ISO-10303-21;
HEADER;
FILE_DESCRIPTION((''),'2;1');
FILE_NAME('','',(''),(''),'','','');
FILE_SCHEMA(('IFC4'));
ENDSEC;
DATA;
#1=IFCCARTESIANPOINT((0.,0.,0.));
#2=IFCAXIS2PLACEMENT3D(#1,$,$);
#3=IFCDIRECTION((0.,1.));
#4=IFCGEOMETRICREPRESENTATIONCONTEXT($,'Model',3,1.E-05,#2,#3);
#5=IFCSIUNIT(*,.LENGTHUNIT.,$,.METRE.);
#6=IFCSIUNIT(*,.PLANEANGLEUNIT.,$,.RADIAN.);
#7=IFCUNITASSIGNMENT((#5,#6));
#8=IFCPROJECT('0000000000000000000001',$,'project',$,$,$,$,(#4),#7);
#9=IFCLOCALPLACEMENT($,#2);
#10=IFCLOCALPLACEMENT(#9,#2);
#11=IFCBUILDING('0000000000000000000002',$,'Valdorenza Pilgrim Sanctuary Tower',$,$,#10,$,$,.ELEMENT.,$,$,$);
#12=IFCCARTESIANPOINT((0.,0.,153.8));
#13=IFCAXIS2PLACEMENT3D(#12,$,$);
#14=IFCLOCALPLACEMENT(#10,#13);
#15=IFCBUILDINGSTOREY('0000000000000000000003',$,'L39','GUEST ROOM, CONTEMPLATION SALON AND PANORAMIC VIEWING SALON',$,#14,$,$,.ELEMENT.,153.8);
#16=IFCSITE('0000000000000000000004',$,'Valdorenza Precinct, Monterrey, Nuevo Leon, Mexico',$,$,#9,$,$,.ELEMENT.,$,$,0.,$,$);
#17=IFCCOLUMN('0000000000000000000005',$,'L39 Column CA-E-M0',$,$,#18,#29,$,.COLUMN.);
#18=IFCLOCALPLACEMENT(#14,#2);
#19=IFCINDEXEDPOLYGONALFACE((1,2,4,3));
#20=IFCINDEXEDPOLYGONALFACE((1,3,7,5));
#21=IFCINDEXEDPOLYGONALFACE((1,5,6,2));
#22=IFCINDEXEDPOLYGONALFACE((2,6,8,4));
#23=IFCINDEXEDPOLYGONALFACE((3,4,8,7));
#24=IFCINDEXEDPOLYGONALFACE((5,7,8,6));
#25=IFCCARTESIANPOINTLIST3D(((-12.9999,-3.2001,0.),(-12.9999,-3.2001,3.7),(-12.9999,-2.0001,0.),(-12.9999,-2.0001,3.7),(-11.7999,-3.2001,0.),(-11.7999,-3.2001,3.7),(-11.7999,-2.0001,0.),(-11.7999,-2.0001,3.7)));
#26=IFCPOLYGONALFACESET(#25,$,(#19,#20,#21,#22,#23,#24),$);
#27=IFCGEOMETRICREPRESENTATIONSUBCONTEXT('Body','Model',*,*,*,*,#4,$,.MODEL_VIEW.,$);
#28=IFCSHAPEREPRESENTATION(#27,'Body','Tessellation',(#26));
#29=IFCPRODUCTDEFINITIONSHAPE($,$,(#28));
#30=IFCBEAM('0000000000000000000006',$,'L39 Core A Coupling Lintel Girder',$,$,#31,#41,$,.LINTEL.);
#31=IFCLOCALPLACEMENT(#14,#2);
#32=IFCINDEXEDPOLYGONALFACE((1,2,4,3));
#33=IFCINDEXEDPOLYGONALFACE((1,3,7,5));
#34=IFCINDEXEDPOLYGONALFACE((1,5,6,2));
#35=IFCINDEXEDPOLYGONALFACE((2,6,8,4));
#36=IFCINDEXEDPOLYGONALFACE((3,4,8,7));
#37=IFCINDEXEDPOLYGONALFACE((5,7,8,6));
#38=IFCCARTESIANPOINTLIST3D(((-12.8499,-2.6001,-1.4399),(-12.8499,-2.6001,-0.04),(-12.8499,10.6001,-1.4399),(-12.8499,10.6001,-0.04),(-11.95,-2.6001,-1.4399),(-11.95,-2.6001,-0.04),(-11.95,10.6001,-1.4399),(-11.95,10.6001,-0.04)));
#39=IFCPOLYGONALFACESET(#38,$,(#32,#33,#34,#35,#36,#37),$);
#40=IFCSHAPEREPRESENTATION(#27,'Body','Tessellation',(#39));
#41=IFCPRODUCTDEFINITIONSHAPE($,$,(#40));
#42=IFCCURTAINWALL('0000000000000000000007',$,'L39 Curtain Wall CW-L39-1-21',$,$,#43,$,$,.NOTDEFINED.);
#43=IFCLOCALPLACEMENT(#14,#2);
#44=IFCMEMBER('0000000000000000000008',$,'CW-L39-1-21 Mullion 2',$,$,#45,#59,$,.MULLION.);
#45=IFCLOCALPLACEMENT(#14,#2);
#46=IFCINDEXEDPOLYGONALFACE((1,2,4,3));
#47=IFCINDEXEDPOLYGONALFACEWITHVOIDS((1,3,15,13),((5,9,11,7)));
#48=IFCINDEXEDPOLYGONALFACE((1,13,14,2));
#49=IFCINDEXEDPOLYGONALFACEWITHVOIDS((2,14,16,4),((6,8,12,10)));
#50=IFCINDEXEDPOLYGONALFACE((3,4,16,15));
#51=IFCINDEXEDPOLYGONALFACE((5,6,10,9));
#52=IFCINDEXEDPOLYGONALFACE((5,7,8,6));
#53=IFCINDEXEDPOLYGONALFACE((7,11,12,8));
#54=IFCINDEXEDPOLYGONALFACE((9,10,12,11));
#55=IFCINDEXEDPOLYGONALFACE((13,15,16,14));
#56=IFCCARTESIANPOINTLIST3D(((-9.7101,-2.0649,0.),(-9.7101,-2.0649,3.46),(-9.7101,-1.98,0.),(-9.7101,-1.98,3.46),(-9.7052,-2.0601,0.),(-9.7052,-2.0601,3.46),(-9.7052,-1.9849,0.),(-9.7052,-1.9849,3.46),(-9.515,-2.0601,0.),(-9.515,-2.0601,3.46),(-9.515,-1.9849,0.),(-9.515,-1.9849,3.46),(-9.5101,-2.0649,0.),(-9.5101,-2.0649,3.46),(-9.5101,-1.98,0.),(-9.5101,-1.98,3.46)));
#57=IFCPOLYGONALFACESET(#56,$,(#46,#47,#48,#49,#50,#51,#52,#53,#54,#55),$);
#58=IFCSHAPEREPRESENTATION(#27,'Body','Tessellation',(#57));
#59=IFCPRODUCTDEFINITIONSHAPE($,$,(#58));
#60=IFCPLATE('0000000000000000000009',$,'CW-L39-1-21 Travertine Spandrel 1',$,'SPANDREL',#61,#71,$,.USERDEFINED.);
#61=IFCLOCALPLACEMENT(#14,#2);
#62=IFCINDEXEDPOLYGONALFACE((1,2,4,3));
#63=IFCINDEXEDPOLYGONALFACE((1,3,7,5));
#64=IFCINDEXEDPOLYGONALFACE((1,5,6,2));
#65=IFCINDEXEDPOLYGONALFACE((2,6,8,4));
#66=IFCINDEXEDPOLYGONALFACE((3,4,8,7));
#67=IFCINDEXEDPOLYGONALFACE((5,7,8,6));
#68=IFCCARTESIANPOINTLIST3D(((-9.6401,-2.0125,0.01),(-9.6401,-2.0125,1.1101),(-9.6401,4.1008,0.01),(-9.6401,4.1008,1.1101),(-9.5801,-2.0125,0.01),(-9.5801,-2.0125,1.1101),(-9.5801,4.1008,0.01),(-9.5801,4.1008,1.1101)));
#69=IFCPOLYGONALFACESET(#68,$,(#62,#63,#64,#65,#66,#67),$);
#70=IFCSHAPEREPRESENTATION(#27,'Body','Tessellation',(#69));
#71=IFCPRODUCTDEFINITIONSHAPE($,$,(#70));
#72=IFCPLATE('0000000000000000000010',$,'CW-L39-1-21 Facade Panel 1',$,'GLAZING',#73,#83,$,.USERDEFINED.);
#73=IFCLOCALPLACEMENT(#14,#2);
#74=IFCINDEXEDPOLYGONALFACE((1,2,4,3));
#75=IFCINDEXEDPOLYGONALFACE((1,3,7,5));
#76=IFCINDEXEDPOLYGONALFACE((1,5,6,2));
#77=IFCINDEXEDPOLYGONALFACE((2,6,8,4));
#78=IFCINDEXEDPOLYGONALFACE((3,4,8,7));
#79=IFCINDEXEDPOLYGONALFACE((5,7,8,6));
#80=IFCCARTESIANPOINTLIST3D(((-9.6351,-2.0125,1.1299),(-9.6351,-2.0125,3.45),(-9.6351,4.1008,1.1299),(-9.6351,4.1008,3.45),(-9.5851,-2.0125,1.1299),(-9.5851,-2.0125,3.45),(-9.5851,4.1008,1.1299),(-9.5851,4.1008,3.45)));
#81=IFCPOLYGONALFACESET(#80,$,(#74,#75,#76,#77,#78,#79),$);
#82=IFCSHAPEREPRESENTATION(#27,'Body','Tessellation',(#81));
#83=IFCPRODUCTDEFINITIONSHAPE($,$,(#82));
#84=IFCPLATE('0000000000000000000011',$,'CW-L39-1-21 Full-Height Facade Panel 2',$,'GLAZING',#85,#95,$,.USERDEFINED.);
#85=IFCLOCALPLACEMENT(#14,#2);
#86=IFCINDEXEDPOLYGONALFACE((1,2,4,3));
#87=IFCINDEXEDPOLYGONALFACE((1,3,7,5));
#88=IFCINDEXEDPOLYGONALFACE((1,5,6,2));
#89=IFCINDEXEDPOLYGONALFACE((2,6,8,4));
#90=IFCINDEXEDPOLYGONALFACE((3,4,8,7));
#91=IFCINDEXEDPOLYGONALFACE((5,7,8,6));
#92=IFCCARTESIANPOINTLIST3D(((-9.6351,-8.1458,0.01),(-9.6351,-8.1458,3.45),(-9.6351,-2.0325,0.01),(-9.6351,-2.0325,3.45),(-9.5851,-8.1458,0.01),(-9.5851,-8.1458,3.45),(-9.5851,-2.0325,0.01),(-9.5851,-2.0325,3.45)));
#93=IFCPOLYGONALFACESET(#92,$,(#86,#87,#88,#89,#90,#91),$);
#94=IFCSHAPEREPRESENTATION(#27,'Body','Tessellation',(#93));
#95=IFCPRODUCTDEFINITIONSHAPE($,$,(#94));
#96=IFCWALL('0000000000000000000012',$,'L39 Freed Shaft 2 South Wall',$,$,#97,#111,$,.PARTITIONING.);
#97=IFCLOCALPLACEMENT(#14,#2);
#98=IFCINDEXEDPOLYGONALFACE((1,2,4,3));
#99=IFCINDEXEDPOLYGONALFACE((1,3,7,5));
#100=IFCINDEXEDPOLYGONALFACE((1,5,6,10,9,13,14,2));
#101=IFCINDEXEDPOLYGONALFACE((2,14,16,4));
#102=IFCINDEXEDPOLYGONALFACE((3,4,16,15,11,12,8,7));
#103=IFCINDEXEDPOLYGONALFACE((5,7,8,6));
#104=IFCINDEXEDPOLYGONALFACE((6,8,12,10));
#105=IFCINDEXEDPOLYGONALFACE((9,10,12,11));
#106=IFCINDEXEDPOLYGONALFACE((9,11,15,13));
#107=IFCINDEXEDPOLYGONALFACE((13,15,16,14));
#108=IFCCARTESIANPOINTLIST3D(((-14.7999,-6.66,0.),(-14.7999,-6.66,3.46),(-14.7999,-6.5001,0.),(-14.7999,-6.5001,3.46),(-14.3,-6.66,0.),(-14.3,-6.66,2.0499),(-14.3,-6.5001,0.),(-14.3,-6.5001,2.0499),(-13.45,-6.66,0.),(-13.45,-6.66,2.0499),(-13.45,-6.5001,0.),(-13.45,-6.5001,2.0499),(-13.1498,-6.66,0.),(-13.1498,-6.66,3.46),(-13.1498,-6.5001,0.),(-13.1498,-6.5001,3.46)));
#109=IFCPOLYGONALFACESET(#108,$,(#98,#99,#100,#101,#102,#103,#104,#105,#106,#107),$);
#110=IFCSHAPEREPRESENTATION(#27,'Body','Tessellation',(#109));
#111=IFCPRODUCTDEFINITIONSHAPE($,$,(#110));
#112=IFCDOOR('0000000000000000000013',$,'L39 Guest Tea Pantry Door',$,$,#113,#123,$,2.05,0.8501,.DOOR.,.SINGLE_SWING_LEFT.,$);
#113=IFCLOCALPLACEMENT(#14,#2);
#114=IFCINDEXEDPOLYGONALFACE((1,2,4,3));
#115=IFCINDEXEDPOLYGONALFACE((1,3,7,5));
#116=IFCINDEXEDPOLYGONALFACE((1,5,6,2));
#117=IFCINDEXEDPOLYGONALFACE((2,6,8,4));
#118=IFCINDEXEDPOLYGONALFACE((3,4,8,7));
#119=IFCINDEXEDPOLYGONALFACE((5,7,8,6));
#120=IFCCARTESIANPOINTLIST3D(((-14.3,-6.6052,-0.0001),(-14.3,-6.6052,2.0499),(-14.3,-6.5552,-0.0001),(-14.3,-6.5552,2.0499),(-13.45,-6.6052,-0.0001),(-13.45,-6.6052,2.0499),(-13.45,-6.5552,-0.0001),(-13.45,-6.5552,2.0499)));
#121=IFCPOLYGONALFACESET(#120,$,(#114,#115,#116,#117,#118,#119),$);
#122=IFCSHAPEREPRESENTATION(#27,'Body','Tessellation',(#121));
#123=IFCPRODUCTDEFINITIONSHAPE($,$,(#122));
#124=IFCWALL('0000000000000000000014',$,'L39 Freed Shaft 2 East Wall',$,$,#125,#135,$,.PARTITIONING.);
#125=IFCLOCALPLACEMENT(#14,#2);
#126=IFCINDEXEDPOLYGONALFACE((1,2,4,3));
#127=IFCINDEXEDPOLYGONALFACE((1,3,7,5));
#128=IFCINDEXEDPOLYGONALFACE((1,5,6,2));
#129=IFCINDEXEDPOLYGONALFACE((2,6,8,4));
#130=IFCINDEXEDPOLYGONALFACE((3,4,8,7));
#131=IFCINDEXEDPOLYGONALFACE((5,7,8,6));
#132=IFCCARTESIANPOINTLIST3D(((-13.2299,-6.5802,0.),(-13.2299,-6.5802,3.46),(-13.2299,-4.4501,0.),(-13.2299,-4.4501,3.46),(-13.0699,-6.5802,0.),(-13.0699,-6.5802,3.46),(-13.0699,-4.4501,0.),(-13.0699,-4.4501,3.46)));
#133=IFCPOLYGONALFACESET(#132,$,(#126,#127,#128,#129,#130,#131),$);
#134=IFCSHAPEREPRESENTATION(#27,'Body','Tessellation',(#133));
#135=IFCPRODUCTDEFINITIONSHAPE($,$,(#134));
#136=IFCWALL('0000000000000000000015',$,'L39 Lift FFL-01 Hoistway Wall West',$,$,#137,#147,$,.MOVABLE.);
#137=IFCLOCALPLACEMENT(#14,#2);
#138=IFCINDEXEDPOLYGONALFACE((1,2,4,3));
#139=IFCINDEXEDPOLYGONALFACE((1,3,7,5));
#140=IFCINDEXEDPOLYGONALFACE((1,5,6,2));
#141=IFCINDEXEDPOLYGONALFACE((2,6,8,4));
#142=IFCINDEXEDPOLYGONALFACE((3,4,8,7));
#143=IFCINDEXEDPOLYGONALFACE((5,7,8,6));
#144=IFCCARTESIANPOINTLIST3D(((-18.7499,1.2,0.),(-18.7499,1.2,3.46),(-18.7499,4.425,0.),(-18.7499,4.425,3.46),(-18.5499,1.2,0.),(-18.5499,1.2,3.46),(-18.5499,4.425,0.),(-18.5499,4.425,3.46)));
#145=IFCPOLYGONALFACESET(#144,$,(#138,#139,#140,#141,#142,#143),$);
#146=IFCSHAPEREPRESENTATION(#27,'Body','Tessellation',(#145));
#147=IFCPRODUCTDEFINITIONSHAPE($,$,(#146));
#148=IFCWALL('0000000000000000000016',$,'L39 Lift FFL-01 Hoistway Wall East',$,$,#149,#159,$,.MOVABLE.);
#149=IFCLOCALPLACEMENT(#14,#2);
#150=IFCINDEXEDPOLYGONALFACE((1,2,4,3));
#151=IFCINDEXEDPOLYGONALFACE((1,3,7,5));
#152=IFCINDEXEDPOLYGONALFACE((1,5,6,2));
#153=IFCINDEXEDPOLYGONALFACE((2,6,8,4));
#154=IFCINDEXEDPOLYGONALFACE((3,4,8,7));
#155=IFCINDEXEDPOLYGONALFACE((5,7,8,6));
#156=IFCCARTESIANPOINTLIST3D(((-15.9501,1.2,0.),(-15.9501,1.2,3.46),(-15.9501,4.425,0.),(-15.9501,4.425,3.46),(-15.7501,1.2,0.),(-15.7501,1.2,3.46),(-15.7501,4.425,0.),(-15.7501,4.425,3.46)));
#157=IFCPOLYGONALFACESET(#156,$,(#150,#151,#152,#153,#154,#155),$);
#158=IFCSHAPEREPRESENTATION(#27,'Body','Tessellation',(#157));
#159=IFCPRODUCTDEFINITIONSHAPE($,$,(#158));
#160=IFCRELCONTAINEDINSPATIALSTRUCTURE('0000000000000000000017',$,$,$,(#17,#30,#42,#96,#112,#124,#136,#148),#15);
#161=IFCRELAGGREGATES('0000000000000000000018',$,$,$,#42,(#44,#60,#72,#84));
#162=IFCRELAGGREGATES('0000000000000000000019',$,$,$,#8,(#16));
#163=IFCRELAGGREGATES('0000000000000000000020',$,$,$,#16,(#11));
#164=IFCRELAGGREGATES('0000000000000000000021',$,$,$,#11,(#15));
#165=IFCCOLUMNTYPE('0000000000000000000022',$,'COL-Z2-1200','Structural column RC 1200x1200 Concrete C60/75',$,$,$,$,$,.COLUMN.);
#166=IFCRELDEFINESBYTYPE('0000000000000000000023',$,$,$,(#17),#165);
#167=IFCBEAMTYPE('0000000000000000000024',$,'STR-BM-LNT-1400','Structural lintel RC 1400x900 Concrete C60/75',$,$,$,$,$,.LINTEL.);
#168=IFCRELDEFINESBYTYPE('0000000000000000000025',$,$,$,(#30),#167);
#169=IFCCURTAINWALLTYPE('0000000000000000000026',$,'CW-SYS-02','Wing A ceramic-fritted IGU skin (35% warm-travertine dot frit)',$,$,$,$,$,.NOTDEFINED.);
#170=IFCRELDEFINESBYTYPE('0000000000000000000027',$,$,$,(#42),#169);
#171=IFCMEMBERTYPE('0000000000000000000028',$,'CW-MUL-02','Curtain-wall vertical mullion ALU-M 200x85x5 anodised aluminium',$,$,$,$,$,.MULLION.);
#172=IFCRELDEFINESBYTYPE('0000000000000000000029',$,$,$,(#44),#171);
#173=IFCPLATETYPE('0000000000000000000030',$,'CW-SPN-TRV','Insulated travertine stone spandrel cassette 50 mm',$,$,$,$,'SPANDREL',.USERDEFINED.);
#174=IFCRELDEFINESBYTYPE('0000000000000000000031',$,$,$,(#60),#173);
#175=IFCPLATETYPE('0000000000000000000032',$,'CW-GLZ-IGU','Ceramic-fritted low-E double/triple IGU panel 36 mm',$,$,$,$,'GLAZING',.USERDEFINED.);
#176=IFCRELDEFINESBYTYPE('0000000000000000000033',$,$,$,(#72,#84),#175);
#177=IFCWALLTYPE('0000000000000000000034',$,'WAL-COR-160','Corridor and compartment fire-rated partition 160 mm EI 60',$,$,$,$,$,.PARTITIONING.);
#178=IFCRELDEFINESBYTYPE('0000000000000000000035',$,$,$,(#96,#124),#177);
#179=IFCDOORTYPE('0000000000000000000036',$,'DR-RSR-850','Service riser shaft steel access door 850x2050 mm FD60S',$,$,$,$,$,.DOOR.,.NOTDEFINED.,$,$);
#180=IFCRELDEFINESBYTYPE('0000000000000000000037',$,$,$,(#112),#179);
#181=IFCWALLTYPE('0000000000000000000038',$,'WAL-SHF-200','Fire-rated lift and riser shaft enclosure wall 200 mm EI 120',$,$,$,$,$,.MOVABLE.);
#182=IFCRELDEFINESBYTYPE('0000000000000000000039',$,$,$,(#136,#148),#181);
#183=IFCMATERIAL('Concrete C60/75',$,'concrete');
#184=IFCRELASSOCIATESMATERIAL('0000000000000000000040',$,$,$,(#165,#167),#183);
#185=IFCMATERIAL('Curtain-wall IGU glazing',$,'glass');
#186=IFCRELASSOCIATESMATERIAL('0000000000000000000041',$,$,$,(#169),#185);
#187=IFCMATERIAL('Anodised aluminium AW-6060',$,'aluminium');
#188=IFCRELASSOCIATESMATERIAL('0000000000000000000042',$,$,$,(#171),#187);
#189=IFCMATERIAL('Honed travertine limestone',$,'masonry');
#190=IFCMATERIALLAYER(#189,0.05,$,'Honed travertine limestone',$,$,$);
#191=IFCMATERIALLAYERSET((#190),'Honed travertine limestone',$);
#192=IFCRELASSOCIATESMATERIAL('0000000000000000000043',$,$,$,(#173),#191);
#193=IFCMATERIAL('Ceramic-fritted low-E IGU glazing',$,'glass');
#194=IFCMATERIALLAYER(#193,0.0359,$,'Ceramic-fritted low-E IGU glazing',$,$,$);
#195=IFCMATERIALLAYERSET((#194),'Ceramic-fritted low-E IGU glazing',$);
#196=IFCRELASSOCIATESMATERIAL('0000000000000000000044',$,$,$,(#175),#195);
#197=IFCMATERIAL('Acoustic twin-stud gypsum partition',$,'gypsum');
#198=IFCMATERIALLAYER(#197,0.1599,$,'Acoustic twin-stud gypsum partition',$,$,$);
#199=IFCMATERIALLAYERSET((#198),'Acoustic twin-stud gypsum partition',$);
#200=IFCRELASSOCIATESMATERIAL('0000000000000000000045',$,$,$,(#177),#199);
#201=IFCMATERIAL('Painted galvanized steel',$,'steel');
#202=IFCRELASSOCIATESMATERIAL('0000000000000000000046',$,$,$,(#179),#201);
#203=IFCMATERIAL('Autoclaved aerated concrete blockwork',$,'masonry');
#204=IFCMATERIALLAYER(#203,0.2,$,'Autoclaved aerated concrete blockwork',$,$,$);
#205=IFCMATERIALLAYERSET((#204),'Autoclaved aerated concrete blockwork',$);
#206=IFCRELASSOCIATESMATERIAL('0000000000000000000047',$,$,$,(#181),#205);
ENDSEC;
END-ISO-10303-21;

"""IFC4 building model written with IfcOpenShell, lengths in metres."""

from ifc_helpers import new_model, si_unit, direction, frame, frame_2d, origin, origin_2d, place, context, subcontext, project, spatial, rectangle, hollow_rectangle, extrude, source, transform, mapped, material, layer, layer_set, material_profile, profile_set, type_object, element, fill, aggregate, save


model = new_model("IFC4")

# Units and contexts
model_context = context("Model", 3, precision=1e-05, world=origin(), true_north=direction((0.0, 1.0)))
body_context = subcontext(model_context, "Body", "Model", "MODEL_VIEW")
ifc_project = project(units=[si_unit("LENGTHUNIT", "METRE"), si_unit("PLANEANGLEUNIT", "RADIAN")], contexts=[model_context])

# Site, building, storey
site_placement = place(None, origin())
site = spatial("IfcSite", under=ifc_project, at=site_placement, Name="Valdorenza Precinct, Monterrey, Nuevo Leon, Mexico", CompositionType="ELEMENT", RefElevation=0.0)
building_placement = place(site_placement, origin())
building = spatial("IfcBuilding", under=site, at=building_placement, Name="Valdorenza Pilgrim Sanctuary Tower", CompositionType="ELEMENT")
storey_placement = place(building_placement, frame((0.0, 0.0, 153.8)))
storey = spatial("IfcBuildingStorey", under=building, at=storey_placement, Name="L39", Description="GUEST ROOM, CONTEMPLATION SALON AND PANORAMIC VIEWING SALON", CompositionType="ELEMENT", Elevation=153.8)

# Column
ifc_material_1 = material(Name="Concrete C60/75", Category="concrete")
ifc_material_profile_1 = material_profile(ifc_material_1, rectangle(XDim=1.2, YDim=1.2, at=origin_2d()), Name="RC 1200x1200")
ifc_profile_set_1 = profile_set([ifc_material_profile_1], Name="Concrete C60/75")
column_type = type_object("IfcColumnType", Name="COL-Z2-1200", Description="Structural column RC 1200x1200 Concrete C60/75", PredefinedType="COLUMN", material=ifc_profile_set_1)
shared_shape_1 = source(origin(), body_context, "Body", "SweptSolid", [
    extrude(rectangle(XDim=1.2, YDim=1.2, at=origin_2d()), origin(), (0.0, 0.0, 1.0), 3.7),
])
column_placement = place(storey_placement, frame((-12.3999, -2.6001, 0.0), z_axis=(0.0, 0.0, 1.0), x_axis=(1.0, 0.0, 0.0)))
element("IfcColumn", 1, at=column_placement, inside=storey, type_object=column_type, Name="L39 Column CA-E-M0", PredefinedType="COLUMN", context=body_context, shape_type="MappedRepresentation", body=[
    mapped(shared_shape_1, transform((0.0, 0.0, 0.0), x_axis=(1.0, 0.0, 0.0), y_axis=(0.0, 1.0, 0.0), z_axis=(0.0, 0.0, 1.0), scale=1.0)),
])

# Beam
ifc_material_profile_2 = material_profile(ifc_material_1, rectangle(XDim=0.8999, YDim=1.3999, at=origin_2d()), Name="RC 1400x900")
ifc_profile_set_2 = profile_set([ifc_material_profile_2], Name="Concrete C60/75")
beam_type = type_object("IfcBeamType", Name="STR-BM-LNT-1400", Description="Structural lintel RC 1400x900 Concrete C60/75", PredefinedType="LINTEL", material=ifc_profile_set_2)
shared_shape_2 = source(origin(), body_context, "Body", "SweptSolid", [
    extrude(rectangle(XDim=0.8999, YDim=1.3999, at=origin_2d()), origin(), (0.0, 0.0, 1.0), 13.2002),
])
beam_placement = place(storey_placement, frame((-12.3999, -2.6001, -0.74), z_axis=(0.0, 1.0, 0.0), x_axis=(-1.0, 0.0, 0.0)))
element("IfcBeam", 2, at=beam_placement, inside=storey, type_object=beam_type, Name="L39 Core A Coupling Lintel Girder", PredefinedType="LINTEL", context=body_context, shape_type="MappedRepresentation", body=[
    mapped(shared_shape_2, transform((0.0, 0.0, 0.0), x_axis=(1.0, 0.0, 0.0), y_axis=(0.0, 1.0, 0.0), z_axis=(0.0, 0.0, 1.0), scale=1.0)),
])

# Curtain wall, member, plates
ifc_material_2 = material(Name="Curtain-wall IGU glazing", Category="glass")
curtain_wall_type = type_object("IfcCurtainWallType", Name="CW-SYS-02", Description="Wing A ceramic-fritted IGU skin (35% warm-travertine dot frit)", PredefinedType="NOTDEFINED", material=ifc_material_2)
curtain_wall_placement = place(storey_placement, origin())
curtain_wall = element("IfcCurtainWall", 3, at=curtain_wall_placement, inside=storey, type_object=curtain_wall_type, Name="L39 Curtain Wall CW-L39-1-21", PredefinedType="NOTDEFINED")
ifc_material_3 = material(Name="Anodised aluminium AW-6060", Category="aluminium")
ifc_material_profile_3 = material_profile(ifc_material_3, hollow_rectangle(XDim=0.085, YDim=0.2, WallThickness=0.0049, at=origin_2d()), Name="ALU-M 200x85x5")
ifc_profile_set_3 = profile_set([ifc_material_profile_3], Name="Anodised aluminium AW-6060")
member_type = type_object("IfcMemberType", Name="CW-MUL-02", Description="Curtain-wall vertical mullion ALU-M 200x85x5 anodised aluminium", PredefinedType="MULLION", material=ifc_profile_set_3)
shared_shape_3 = source(origin(), body_context, "Body", "SweptSolid", [
    extrude(hollow_rectangle(XDim=0.085, YDim=0.2, WallThickness=0.0049, at=origin_2d()), origin(), (0.0, 0.0, 1.0), 3.46),
])
member_placement = place(storey_placement, frame((-9.6101, -2.0225, 0.0), z_axis=(0.0, 0.0, 1.0), x_axis=(0.0, -1.0, 0.0)))
member = element("IfcMember", 4, at=member_placement, type_object=member_type, Name="CW-L39-1-21 Mullion 2", PredefinedType="MULLION", context=body_context, shape_type="MappedRepresentation", body=[
    mapped(shared_shape_3, transform((0.0, 0.0, 0.0), x_axis=(1.0, 0.0, 0.0), y_axis=(0.0, 1.0, 0.0), z_axis=(0.0, 0.0, 1.0), scale=1.0)),
])
ifc_material_4 = material(Name="Honed travertine limestone", Category="masonry")
ifc_layer_1 = layer(ifc_material_4, 0.05, Name="Honed travertine limestone")
ifc_layer_set_1 = layer_set([ifc_layer_1], Name="Honed travertine limestone")
plate_type_1 = type_object("IfcPlateType", Name="CW-SPN-TRV", Description="Insulated travertine stone spandrel cassette 50 mm", ElementType="SPANDREL", PredefinedType="USERDEFINED", material=ifc_layer_set_1)
shared_shape_4 = source(origin(), body_context, "Body", "SweptSolid", [
    extrude(rectangle(XDim=6.1133, YDim=0.0601, at=origin_2d()), origin(), (0.0, 0.0, 1.0), 1.1001),
])
plate_1_placement = place(storey_placement, frame((-9.6101, 1.0442, 0.01), z_axis=(0.0, 0.0, 1.0), x_axis=(0.0, -1.0, 0.0)))
plate_1 = element("IfcPlate", 5, at=plate_1_placement, type_object=plate_type_1, Name="CW-L39-1-21 Travertine Spandrel 1", ObjectType="SPANDREL", PredefinedType="USERDEFINED", context=body_context, shape_type="MappedRepresentation", body=[
    mapped(shared_shape_4, transform((0.0, 0.0, 0.0), x_axis=(1.0, 0.0, 0.0), y_axis=(0.0, 1.0, 0.0), z_axis=(0.0, 0.0, 1.0), scale=1.0)),
])
ifc_material_5 = material(Name="Ceramic-fritted low-E IGU glazing", Category="glass")
ifc_layer_2 = layer(ifc_material_5, 0.0359, Name="Ceramic-fritted low-E IGU glazing")
ifc_layer_set_2 = layer_set([ifc_layer_2], Name="Ceramic-fritted low-E IGU glazing")
plate_type_2 = type_object("IfcPlateType", Name="CW-GLZ-IGU", Description="Ceramic-fritted low-E double/triple IGU panel 36 mm", ElementType="GLAZING", PredefinedType="USERDEFINED", material=ifc_layer_set_2)
shared_shape_5 = source(origin(), body_context, "Body", "SweptSolid", [
    extrude(rectangle(XDim=6.1133, YDim=0.05, at=origin_2d()), origin(), (0.0, 0.0, 1.0), 2.3201),
])
plate_2_placement = place(storey_placement, frame((-9.6101, 1.0442, 1.1299), z_axis=(0.0, 0.0, 1.0), x_axis=(0.0, -1.0, 0.0)))
plate_2 = element("IfcPlate", 6, at=plate_2_placement, type_object=plate_type_2, Name="CW-L39-1-21 Facade Panel 1", ObjectType="GLAZING", PredefinedType="USERDEFINED", context=body_context, shape_type="MappedRepresentation", body=[
    mapped(shared_shape_5, transform((0.0, 0.0, 0.0), x_axis=(1.0, 0.0, 0.0), y_axis=(0.0, 1.0, 0.0), z_axis=(0.0, 0.0, 1.0), scale=1.0)),
])
shared_shape_6 = source(origin(), body_context, "Body", "SweptSolid", [
    extrude(rectangle(XDim=6.1133, YDim=0.05, at=origin_2d()), origin(), (0.0, 0.0, 1.0), 3.4399),
])
plate_3_placement = place(storey_placement, frame((-9.6101, -5.0891, 0.01), z_axis=(0.0, 0.0, 1.0), x_axis=(0.0, -1.0, 0.0)))
plate_3 = element("IfcPlate", 7, at=plate_3_placement, type_object=plate_type_2, Name="CW-L39-1-21 Full-Height Facade Panel 2", ObjectType="GLAZING", PredefinedType="USERDEFINED", context=body_context, shape_type="MappedRepresentation", body=[
    mapped(shared_shape_6, transform((0.0, 0.0, 0.0), x_axis=(1.0, 0.0, 0.0), y_axis=(0.0, 1.0, 0.0), z_axis=(0.0, 0.0, 1.0), scale=1.0)),
])
aggregate(curtain_wall, [member, plate_1, plate_2, plate_3])

# Wall, opening, door
ifc_material_6 = material(Name="Acoustic twin-stud gypsum partition", Category="gypsum")
ifc_layer_3 = layer(ifc_material_6, 0.1599, Name="Acoustic twin-stud gypsum partition")
ifc_layer_set_3 = layer_set([ifc_layer_3], Name="Acoustic twin-stud gypsum partition")
wall_type_1 = type_object("IfcWallType", Name="WAL-COR-160", Description="Corridor and compartment fire-rated partition 160 mm EI 60", PredefinedType="PARTITIONING", material=ifc_layer_set_3)
wall_1_placement = place(storey_placement, frame((-14.8, -6.5801, 0.0), z_axis=(0.0, 0.0, 1.0), x_axis=(1.0, 0.0, 0.0)))
wall_1 = element("IfcWall", 8, at=wall_1_placement, inside=storey, type_object=wall_type_1, Name="L39 Freed Shaft 2 South Wall", PredefinedType="PARTITIONING", context=body_context, shape_type="SweptSolid", body=[
    extrude(rectangle(XDim=1.6501, YDim=0.1599, at=frame_2d((0.8252, 0.0))), origin(), (0.0, 0.0, 1.0), 3.46),
])
opening_1_placement = place(wall_1_placement, frame((0.5, 0.0, 0.0)))
opening_1 = element("IfcOpeningElement", 9, at=opening_1_placement, cuts=wall_1, PredefinedType="OPENING", context=body_context, shape_type="SweptSolid", body=[
    extrude(rectangle(XDim=0.8501, YDim=2.05, at=frame_2d((0.425, 1.0249))), frame((0.0, 0.0947, 0.0), z_axis=(0.0, -1.0, 0.0), x_axis=(1.0, 0.0, 0.0)), (0.0, 0.0, 1.0), 0.1897),
])
ifc_material_7 = material(Name="Painted galvanized steel", Category="steel")
door_type_1 = type_object("IfcDoorType", Name="DR-RSR-850", Description="Service riser shaft steel access door 850x2050 mm FD60S", OperationType="NOTDEFINED", PredefinedType="DOOR", material=ifc_material_7)
door_1_placement = place(opening_1_placement, origin())
door_1 = element("IfcDoor", 10, at=door_1_placement, inside=storey, type_object=door_type_1, Name="L39 Guest Tea Pantry Door", OperationType="SINGLE_SWING_LEFT", OverallHeight=2.05, OverallWidth=0.8501, PredefinedType="DOOR", context=body_context, shape_type="SweptSolid", body=[
    extrude(rectangle(XDim=0.8501, YDim=2.05, at=frame_2d((0.425, 1.0249))), frame((0.0, 0.0249, 0.0), z_axis=(0.0, -1.0, 0.0), x_axis=(1.0, 0.0, 0.0)), (0.0, 0.0, 1.0), 0.05),
])
fill(opening_1, door_1)

# Wall
wall_2_placement = place(storey_placement, frame((-13.1499, -6.5801, 0.0), z_axis=(0.0, 0.0, 1.0), x_axis=(0.0, 1.0, 0.0)))
element("IfcWall", 11, at=wall_2_placement, inside=storey, type_object=wall_type_1, Name="L39 Freed Shaft 2 East Wall", PredefinedType="PARTITIONING", context=body_context, shape_type="SweptSolid", body=[
    extrude(rectangle(XDim=2.1301, YDim=0.1599, at=frame_2d((1.0649, 0.0))), origin(), (0.0, 0.0, 1.0), 3.46),
])

# Walls
ifc_material_8 = material(Name="Autoclaved aerated concrete blockwork", Category="masonry")
ifc_layer_4 = layer(ifc_material_8, 0.2, Name="Autoclaved aerated concrete blockwork")
ifc_layer_set_4 = layer_set([ifc_layer_4], Name="Autoclaved aerated concrete blockwork")
wall_type_2 = type_object("IfcWallType", Name="WAL-SHF-200", Description="Fire-rated lift and riser shaft enclosure wall 200 mm EI 120", PredefinedType="MOVABLE", material=ifc_layer_set_4)
for number, where, z_axis, x_axis, name in (
    (12, (-18.6499, 1.2, 0.0), (0.0, 0.0, 1.0), (0.0, 1.0, 0.0), "L39 Lift FFL-01 Hoistway Wall West"),
    (13, (-15.8501, 1.2, 0.0), (0.0, 0.0, 1.0), (0.0, 1.0, 0.0), "L39 Lift FFL-01 Hoistway Wall East"),
):
    element("IfcWall", number, at=place(storey_placement, frame(where, z_axis=z_axis, x_axis=x_axis)), inside=storey, type_object=wall_type_2, Name=name, PredefinedType="MOVABLE", context=body_context, shape_type="SweptSolid", body=[
        extrude(rectangle(XDim=3.2251, YDim=0.2, at=frame_2d((1.6125, 0.0))), origin(), (0.0, 0.0, 1.0), 3.46),
    ])

save(model, "model.ifc")
